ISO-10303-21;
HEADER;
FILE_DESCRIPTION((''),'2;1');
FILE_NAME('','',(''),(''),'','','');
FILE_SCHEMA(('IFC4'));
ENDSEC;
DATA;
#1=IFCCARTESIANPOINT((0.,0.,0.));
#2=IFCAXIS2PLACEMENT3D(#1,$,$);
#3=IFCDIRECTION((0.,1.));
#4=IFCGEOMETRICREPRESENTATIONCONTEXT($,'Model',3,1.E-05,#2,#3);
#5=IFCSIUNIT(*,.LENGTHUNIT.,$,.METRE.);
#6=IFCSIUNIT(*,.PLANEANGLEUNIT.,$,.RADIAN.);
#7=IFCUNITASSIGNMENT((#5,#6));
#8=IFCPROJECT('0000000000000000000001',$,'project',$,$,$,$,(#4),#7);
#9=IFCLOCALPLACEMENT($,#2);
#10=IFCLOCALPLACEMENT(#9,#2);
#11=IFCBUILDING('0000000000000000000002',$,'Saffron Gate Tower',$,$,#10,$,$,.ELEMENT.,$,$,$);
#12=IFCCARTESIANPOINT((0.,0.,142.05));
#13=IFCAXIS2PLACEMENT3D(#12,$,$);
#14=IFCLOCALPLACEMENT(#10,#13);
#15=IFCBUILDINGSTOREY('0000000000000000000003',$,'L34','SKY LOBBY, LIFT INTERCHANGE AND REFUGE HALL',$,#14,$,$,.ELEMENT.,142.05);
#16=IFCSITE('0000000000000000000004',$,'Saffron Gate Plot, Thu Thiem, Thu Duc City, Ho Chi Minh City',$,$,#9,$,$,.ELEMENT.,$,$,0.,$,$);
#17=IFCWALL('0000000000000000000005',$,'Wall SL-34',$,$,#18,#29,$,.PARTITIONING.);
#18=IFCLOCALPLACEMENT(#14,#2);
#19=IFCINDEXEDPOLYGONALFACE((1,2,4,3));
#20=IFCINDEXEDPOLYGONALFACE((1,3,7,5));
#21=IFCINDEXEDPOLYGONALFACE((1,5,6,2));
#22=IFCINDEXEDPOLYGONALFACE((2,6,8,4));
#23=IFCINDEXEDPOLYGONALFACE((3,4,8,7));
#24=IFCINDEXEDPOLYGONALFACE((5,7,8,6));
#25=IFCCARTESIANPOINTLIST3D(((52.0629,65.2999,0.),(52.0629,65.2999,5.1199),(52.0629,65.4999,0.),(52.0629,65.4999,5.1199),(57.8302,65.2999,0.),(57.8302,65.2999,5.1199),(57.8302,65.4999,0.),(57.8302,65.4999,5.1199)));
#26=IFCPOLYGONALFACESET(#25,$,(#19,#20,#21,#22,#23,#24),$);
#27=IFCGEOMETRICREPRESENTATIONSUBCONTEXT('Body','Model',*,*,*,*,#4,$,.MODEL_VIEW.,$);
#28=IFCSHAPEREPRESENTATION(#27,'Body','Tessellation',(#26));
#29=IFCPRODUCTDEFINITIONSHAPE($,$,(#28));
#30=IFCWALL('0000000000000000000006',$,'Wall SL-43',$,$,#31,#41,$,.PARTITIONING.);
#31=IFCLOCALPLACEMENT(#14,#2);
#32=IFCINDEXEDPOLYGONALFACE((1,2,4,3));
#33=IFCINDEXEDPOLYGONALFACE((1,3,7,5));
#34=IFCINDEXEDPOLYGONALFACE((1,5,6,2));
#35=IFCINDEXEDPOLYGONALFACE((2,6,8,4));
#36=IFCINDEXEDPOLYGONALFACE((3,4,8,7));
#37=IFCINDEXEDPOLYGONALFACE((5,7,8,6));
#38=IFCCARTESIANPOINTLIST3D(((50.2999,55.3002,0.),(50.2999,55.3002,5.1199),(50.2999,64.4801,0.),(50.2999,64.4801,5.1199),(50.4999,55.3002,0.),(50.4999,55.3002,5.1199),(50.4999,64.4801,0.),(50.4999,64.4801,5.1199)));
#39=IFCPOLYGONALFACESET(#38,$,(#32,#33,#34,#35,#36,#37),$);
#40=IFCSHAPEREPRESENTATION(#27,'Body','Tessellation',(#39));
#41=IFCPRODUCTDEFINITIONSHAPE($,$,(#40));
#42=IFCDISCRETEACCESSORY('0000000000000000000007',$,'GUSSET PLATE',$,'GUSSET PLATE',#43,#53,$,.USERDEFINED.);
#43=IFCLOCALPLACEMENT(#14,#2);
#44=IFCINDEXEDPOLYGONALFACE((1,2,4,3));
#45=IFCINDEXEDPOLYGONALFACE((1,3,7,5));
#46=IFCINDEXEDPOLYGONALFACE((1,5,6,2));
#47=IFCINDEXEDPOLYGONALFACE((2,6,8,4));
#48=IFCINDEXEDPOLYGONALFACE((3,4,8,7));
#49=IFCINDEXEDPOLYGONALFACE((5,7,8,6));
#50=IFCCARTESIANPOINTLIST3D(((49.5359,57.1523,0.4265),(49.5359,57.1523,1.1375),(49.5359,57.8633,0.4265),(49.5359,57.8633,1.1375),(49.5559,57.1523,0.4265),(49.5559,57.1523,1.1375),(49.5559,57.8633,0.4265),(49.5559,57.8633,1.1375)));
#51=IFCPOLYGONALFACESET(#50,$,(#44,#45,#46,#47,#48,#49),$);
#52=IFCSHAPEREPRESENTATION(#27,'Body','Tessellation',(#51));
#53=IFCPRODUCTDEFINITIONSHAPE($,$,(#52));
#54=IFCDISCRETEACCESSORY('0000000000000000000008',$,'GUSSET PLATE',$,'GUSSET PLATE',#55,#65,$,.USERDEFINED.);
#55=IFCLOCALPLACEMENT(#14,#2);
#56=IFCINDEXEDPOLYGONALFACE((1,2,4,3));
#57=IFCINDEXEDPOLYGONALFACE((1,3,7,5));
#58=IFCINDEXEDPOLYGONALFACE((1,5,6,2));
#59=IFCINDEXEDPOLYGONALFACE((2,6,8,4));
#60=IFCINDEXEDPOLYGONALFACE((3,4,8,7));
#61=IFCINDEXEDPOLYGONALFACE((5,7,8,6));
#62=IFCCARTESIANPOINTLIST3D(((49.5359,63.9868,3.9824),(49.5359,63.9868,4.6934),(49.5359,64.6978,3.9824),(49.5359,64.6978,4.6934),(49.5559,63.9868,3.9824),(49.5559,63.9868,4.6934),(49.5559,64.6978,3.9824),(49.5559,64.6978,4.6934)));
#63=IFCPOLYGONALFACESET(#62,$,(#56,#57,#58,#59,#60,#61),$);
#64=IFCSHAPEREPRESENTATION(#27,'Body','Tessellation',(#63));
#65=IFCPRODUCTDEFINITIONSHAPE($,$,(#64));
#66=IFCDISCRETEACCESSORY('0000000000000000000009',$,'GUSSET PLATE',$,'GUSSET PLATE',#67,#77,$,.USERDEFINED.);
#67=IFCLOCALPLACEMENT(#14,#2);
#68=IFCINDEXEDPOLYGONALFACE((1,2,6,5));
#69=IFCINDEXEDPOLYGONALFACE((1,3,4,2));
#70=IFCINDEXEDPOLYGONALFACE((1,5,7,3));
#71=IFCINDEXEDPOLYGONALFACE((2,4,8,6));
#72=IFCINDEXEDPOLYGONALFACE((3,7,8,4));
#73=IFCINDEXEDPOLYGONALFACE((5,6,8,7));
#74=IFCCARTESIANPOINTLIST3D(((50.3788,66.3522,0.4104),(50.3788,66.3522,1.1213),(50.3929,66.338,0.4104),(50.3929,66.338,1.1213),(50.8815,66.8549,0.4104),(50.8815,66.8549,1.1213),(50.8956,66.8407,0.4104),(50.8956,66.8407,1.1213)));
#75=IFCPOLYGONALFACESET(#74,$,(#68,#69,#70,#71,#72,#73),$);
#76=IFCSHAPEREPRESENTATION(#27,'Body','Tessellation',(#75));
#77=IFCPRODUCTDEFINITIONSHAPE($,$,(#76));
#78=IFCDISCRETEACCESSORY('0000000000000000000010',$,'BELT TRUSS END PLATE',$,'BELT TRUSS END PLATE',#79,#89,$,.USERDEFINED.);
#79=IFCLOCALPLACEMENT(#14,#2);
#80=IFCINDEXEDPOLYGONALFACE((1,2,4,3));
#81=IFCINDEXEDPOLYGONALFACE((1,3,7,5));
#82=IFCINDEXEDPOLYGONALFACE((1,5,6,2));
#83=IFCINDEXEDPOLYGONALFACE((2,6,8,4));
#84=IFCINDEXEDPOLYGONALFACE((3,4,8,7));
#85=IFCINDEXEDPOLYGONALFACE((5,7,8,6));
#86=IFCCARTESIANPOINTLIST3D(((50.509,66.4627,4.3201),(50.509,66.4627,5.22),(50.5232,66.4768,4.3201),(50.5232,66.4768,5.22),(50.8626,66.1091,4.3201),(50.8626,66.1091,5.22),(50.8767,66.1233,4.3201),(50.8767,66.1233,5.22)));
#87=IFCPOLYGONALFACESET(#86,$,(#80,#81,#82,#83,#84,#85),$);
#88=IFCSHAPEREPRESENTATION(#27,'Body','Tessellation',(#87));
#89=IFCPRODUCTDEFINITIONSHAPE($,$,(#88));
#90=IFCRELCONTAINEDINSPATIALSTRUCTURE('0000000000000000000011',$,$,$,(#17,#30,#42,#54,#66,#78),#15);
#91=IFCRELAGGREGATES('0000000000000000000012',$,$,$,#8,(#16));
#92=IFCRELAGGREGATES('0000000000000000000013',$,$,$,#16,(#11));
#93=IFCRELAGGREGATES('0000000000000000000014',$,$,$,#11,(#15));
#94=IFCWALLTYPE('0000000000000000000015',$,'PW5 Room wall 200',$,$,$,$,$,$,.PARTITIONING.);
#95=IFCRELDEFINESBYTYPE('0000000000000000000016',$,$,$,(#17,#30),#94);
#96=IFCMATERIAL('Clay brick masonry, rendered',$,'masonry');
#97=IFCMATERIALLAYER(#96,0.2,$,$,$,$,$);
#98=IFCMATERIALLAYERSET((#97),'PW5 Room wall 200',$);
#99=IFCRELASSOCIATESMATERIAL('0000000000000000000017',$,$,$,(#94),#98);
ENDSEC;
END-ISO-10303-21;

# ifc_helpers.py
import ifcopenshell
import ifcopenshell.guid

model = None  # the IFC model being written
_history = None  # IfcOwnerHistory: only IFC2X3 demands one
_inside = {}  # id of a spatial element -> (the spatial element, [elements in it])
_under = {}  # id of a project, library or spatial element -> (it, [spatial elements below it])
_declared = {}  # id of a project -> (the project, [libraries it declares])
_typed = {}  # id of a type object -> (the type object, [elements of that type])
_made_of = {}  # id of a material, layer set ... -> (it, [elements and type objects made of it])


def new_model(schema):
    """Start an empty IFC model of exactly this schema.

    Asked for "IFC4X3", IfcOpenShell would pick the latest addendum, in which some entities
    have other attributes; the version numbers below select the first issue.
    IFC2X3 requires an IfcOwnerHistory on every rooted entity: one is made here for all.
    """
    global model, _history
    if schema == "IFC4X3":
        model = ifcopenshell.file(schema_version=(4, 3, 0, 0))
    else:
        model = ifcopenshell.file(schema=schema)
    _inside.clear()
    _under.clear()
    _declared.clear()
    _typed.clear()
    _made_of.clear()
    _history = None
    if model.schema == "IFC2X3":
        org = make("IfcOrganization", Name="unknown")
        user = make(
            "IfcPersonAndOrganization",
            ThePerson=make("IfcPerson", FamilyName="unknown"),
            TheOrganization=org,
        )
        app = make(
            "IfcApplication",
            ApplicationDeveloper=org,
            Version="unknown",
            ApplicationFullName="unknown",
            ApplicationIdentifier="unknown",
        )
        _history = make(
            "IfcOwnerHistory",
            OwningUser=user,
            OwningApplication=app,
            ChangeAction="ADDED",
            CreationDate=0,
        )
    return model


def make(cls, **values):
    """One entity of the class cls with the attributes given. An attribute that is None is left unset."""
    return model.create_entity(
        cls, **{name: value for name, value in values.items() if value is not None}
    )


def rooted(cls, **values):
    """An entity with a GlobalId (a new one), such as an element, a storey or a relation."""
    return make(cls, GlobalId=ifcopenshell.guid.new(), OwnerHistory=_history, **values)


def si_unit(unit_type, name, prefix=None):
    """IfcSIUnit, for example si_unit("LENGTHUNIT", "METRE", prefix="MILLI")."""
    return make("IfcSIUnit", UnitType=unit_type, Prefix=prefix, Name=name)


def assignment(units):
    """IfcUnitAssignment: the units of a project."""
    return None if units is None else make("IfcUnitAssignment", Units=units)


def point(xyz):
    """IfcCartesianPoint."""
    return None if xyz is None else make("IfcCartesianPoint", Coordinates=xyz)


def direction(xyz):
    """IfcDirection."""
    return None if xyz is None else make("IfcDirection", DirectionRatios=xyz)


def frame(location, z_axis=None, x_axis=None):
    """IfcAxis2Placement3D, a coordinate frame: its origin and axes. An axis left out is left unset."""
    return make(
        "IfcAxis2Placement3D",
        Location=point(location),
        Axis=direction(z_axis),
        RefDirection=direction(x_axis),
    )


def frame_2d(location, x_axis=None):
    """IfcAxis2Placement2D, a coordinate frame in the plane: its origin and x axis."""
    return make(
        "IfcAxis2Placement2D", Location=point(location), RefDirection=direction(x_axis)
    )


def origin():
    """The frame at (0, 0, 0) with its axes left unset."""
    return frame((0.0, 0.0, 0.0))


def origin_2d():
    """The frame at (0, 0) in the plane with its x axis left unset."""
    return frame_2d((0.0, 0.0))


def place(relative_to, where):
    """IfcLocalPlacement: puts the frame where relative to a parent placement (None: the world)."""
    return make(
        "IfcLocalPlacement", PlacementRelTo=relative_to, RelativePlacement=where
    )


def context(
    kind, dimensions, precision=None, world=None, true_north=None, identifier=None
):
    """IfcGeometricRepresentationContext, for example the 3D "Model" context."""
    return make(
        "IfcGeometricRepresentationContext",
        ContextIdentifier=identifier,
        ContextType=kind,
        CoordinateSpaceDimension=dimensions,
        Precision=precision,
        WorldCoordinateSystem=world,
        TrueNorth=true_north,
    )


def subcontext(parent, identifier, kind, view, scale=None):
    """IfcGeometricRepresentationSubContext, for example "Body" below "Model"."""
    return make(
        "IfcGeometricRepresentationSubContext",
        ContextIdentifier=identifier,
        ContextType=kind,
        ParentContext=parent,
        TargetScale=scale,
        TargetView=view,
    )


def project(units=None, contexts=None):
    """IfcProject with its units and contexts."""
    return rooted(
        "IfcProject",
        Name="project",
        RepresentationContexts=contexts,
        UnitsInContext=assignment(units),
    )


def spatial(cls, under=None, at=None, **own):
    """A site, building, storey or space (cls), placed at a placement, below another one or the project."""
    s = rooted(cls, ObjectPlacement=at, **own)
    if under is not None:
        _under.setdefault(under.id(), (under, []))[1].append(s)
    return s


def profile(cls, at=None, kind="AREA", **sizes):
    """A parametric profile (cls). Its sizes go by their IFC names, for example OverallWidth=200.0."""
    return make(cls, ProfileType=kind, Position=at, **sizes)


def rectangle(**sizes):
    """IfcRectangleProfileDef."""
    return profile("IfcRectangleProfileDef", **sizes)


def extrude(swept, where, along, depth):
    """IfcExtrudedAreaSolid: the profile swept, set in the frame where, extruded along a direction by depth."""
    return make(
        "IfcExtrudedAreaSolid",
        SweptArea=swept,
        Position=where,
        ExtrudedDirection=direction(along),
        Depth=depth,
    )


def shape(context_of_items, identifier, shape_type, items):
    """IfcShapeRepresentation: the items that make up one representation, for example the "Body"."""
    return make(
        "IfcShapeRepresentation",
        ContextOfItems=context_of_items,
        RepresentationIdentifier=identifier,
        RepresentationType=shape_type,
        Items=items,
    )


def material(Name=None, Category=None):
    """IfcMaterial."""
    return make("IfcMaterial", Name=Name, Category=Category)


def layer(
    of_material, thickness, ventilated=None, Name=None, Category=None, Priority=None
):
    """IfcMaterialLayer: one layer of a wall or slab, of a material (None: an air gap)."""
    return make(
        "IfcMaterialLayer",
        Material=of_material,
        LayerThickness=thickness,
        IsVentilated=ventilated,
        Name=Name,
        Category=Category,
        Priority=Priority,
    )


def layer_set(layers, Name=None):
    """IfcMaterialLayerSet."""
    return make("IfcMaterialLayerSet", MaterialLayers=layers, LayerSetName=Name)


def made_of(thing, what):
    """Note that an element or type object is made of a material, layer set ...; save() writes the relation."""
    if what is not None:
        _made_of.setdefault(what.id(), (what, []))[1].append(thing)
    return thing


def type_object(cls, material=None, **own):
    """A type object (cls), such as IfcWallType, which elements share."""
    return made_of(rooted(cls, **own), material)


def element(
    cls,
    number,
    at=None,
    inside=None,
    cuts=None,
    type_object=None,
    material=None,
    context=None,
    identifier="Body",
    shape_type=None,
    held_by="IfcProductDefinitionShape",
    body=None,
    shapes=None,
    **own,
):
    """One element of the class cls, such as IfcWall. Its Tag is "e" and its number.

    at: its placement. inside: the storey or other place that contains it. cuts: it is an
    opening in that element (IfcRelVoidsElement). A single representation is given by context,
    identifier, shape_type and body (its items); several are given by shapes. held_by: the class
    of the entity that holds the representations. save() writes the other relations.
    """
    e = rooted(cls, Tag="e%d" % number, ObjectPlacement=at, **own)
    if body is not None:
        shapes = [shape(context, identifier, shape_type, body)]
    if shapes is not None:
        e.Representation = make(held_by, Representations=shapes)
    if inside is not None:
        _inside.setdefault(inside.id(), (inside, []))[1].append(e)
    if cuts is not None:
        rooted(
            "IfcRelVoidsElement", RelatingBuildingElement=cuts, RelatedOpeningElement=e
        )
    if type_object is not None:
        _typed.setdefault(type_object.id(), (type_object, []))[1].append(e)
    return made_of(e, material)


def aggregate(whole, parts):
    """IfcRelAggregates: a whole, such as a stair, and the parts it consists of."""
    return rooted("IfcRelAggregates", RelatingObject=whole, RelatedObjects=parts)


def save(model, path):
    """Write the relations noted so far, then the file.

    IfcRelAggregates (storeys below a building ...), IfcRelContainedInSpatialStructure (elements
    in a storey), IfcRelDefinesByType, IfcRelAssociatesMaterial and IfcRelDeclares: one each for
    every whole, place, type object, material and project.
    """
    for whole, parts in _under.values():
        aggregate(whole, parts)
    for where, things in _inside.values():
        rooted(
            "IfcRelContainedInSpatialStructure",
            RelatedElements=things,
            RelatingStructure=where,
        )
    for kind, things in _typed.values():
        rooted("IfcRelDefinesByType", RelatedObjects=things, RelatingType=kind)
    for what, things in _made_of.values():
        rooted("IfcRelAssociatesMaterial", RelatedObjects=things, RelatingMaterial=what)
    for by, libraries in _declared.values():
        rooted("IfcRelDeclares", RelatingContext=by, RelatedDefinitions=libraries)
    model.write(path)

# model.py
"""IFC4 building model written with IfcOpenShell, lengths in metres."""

from ifc_helpers import new_model, si_unit, direction, frame, frame_2d, origin, origin_2d, place, context, subcontext, project, spatial, rectangle, extrude, material, layer, layer_set, type_object, element, save


model = new_model("IFC4")

# Units and contexts
model_context = context("Model", 3, precision=1e-05, world=origin(), true_north=direction((0.0, 1.0)))
body_context = subcontext(model_context, "Body", "Model", "MODEL_VIEW")
ifc_project = project(units=[si_unit("LENGTHUNIT", "METRE"), si_unit("PLANEANGLEUNIT", "RADIAN")], contexts=[model_context])

# Site, building, storey
site_placement = place(None, origin())
site = spatial("IfcSite", under=ifc_project, at=site_placement, Name="Saffron Gate Plot, Thu Thiem, Thu Duc City, Ho Chi Minh City", CompositionType="ELEMENT", RefElevation=0.0)
building_placement = place(site_placement, origin())
building = spatial("IfcBuilding", under=site, at=building_placement, Name="Saffron Gate Tower", CompositionType="ELEMENT")
storey_placement = place(building_placement, frame((0.0, 0.0, 142.05)))
storey = spatial("IfcBuildingStorey", under=building, at=storey_placement, Name="L34", Description="SKY LOBBY, LIFT INTERCHANGE AND REFUGE HALL", CompositionType="ELEMENT", Elevation=142.05)

# Walls
ifc_material_1 = material(Name="Clay brick masonry, rendered", Category="masonry")
ifc_layer_1 = layer(ifc_material_1, 0.2)
ifc_layer_set_1 = layer_set([ifc_layer_1], Name="PW5 Room wall 200")
wall_type = type_object("IfcWallType", Name="PW5 Room wall 200", PredefinedType="PARTITIONING", material=ifc_layer_set_1)
wall_1_placement = place(storey_placement, frame((52.0627, 65.3999, 0.0), z_axis=(0.0, 0.0, 1.0), x_axis=(1.0, 0.0, 0.0)))
element("IfcWall", 1, at=wall_1_placement, inside=storey, type_object=wall_type, Name="Wall SL-34", PredefinedType="PARTITIONING", context=body_context, shape_type="SweptSolid", body=[
    extrude(rectangle(XDim=5.7673, YDim=0.2, at=frame_2d((2.8838, 0.0))), origin(), (0.0, 0.0, 1.0), 5.1199),
])
wall_2_placement = place(storey_placement, frame((50.3999, 64.48, 0.0), z_axis=(0.0, 0.0, 1.0), x_axis=(0.0, -1.0, 0.0)))
element("IfcWall", 2, at=wall_2_placement, inside=storey, type_object=wall_type, Name="Wall SL-43", PredefinedType="PARTITIONING", context=body_context, shape_type="SweptSolid", body=[
    extrude(rectangle(XDim=9.1799, YDim=0.2, at=frame_2d((4.5898, 0.0))), origin(), (0.0, 0.0, 1.0), 5.1199),
])

# Discrete accessories
for number, where, z_axis, x_axis, name in (
    (3, (49.5459, 57.5078, 0.4265), (0.0, 0.0, 1.0), (0.0, 1.0, 0.0), "GUSSET PLATE"),
    (4, (49.5459, 64.3423, 3.9824), (0.0, 0.0, 1.0), (0.0, 1.0, 0.0), "GUSSET PLATE"),
    (5, (50.6372, 66.5964, 0.4104), (0.0, 0.0, 1.0), (0.707107, 0.707107, 0.0), "GUSSET PLATE"),
):
    element("IfcDiscreteAccessory", number, at=place(storey_placement, frame(where, z_axis=z_axis, x_axis=x_axis)), inside=storey, Name=name, ObjectType="GUSSET PLATE", PredefinedType="USERDEFINED", context=body_context, shape_type="SweptSolid", body=[
        extrude(rectangle(XDim=0.7109, YDim=0.02, at=origin_2d()), origin(), (0.0, 0.0, 1.0), 0.7109),
    ])
discrete_accessory_placement = place(storey_placement, frame((50.6929, 66.293, 4.3201), z_axis=(0.0, 0.0, 1.0), x_axis=(-0.707107, -0.707107, 0.0)))
element("IfcDiscreteAccessory", 6, at=discrete_accessory_placement, inside=storey, Name="BELT TRUSS END PLATE", ObjectType="BELT TRUSS END PLATE", PredefinedType="USERDEFINED", context=body_context, shape_type="SweptSolid", body=[
    extrude(rectangle(XDim=0.02, YDim=0.5, at=origin_2d()), origin(), (0.0, 0.0, 1.0), 0.8999),
])

save(model, "model.ifc")
